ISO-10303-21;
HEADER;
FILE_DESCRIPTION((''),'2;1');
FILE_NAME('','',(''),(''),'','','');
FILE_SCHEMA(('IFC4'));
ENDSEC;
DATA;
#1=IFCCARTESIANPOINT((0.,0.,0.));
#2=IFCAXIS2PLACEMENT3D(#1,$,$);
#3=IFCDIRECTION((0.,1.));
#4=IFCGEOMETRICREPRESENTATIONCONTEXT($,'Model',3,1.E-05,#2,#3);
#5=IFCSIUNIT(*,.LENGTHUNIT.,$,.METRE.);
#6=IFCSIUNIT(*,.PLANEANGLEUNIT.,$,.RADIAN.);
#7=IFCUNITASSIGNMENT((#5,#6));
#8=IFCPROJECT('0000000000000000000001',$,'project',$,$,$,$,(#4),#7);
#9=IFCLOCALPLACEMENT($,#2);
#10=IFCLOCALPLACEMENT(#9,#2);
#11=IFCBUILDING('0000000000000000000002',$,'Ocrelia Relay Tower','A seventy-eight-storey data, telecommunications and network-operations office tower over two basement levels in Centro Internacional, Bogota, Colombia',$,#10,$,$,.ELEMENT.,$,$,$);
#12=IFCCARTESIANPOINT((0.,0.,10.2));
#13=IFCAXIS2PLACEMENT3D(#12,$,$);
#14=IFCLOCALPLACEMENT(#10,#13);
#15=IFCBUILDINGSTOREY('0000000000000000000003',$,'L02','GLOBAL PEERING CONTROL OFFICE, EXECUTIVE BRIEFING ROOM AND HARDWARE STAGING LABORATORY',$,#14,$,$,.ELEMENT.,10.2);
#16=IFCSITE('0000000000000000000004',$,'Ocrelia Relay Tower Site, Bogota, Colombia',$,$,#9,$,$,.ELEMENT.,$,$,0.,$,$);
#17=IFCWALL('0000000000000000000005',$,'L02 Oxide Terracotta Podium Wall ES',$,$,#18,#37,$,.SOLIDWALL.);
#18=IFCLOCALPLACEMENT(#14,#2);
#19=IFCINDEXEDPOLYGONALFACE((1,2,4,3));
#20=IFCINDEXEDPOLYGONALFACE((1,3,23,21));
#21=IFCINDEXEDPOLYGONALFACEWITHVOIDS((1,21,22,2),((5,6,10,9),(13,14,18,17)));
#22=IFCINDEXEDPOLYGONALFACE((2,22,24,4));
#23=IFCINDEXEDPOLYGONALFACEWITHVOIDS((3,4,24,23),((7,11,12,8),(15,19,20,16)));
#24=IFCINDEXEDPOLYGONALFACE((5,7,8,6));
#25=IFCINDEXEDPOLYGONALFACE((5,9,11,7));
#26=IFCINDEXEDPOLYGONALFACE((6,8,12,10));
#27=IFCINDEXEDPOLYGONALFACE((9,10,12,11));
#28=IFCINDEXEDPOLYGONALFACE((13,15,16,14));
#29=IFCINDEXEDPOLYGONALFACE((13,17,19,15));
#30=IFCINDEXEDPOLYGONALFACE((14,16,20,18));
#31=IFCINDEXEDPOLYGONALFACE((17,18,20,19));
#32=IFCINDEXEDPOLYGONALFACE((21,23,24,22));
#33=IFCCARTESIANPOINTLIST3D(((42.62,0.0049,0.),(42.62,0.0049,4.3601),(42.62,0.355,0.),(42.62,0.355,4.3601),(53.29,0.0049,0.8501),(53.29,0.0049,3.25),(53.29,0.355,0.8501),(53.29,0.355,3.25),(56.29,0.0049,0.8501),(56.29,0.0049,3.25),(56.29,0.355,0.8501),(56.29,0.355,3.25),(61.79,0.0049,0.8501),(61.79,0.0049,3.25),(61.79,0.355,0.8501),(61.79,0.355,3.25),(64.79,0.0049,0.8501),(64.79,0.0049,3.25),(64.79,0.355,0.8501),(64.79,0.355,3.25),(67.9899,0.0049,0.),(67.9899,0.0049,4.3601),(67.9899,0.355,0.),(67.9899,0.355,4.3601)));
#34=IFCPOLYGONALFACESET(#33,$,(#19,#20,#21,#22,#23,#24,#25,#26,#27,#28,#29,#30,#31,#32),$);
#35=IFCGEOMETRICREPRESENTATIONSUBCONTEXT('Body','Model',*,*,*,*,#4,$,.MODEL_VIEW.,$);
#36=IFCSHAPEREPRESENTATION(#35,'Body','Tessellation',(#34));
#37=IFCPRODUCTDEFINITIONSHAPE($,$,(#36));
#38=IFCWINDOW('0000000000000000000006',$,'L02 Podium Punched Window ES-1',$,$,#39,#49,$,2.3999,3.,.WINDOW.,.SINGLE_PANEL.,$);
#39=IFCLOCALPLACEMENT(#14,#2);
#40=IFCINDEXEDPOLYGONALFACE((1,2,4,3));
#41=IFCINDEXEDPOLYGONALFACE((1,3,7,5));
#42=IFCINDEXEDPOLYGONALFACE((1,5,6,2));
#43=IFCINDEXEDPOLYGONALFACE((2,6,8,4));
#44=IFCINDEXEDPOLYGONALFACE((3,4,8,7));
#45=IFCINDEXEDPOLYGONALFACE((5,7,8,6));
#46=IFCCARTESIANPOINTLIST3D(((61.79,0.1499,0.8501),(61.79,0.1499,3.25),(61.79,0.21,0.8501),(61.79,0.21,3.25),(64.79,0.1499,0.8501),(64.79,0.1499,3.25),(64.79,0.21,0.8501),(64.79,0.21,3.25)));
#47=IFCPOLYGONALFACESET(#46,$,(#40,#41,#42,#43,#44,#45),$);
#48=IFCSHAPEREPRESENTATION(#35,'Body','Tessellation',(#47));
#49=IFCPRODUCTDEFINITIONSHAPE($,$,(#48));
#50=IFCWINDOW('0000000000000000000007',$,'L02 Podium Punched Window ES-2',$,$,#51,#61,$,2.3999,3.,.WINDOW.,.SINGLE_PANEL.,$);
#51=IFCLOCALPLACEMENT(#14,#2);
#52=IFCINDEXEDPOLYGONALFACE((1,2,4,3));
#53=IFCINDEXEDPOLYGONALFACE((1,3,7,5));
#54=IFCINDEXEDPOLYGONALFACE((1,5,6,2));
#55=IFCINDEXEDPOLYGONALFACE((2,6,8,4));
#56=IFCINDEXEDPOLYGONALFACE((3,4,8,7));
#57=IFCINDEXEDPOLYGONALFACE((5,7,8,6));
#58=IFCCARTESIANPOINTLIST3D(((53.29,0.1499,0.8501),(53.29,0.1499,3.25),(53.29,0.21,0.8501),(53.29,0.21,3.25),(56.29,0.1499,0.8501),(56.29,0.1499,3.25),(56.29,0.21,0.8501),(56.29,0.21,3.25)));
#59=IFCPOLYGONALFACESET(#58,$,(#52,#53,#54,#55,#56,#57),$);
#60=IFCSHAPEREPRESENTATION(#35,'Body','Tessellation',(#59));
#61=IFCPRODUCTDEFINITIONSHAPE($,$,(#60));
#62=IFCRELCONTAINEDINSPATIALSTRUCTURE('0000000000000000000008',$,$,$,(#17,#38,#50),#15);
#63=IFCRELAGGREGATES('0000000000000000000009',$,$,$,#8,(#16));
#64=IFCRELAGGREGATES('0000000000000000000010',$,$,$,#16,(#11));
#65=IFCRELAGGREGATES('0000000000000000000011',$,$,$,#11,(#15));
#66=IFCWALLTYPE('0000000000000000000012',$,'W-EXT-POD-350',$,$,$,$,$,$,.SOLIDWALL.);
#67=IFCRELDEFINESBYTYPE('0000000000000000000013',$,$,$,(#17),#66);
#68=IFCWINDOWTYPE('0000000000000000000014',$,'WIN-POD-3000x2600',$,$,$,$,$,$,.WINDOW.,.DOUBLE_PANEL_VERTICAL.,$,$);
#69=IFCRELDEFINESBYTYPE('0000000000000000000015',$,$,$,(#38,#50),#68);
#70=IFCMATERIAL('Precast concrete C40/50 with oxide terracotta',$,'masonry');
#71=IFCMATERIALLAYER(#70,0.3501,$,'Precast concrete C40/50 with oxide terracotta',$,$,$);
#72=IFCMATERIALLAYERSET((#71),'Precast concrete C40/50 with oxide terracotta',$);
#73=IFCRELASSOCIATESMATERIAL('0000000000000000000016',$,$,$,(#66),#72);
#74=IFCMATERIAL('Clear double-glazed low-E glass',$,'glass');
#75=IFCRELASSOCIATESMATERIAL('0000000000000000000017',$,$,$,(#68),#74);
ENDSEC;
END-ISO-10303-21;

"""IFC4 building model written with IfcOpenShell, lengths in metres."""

from ifc_helpers import new_model, si_unit, direction, frame, frame_2d, origin, place, context, subcontext, project, spatial, rectangle, extrude, material, layer, layer_set, type_object, element, fill, save


model = new_model("IFC4")

# Units and contexts
model_context = context("Model", 3, precision=1e-05, world=origin(), true_north=direction((0.0, 1.0)))
body_context = subcontext(model_context, "Body", "Model", "MODEL_VIEW")
ifc_project = project(units=[si_unit("LENGTHUNIT", "METRE"), si_unit("PLANEANGLEUNIT", "RADIAN")], contexts=[model_context])

# Site, building, storey
site_placement = place(None, origin())
site = spatial("IfcSite", under=ifc_project, at=site_placement, Name="Ocrelia Relay Tower Site, Bogota, Colombia", CompositionType="ELEMENT", RefElevation=0.0)
building_placement = place(site_placement, origin())
building = spatial("IfcBuilding", under=site, at=building_placement, Name="Ocrelia Relay Tower", Description="A seventy-eight-storey data, telecommunications and network-operations office tower over two basement levels in Centro Internacional, Bogota, Colombia", CompositionType="ELEMENT")
storey_placement = place(building_placement, frame((0.0, 0.0, 10.2)))
storey = spatial("IfcBuildingStorey", under=building, at=storey_placement, Name="L02", Description="GLOBAL PEERING CONTROL OFFICE, EXECUTIVE BRIEFING ROOM AND HARDWARE STAGING LABORATORY", CompositionType="ELEMENT", Elevation=10.2)

# Wall, openings, windows
ifc_material_1 = material(Name="Precast concrete C40/50 with oxide terracotta", Category="masonry")
ifc_layer_1 = layer(ifc_material_1, 0.3501, Name="Precast concrete C40/50 with oxide terracotta")
ifc_layer_set_1 = layer_set([ifc_layer_1], Name="Precast concrete C40/50 with oxide terracotta")
wall_type_1 = type_object("IfcWallType", Name="W-EXT-POD-350", PredefinedType="SOLIDWALL", material=ifc_layer_set_1)
wall_1_placement = place(storey_placement, frame((67.99, 0.1799, 0.0), z_axis=(0.0, 0.0, 1.0), x_axis=(-1.0, 0.0, 0.0)))
wall_1 = element("IfcWall", 1, at=wall_1_placement, inside=storey, type_object=wall_type_1, Name="L02 Oxide Terracotta Podium Wall ES", PredefinedType="SOLIDWALL", context=body_context, shape_type="SweptSolid", body=[
    extrude(rectangle(XDim=25.3699, YDim=0.3501, at=frame_2d((12.6851, 0.0))), origin(), (0.0, 0.0, 1.0), 4.3601),
])
opening_1_placement = place(wall_1_placement, frame((3.2, 0.0, 0.8501)))
opening_1 = element("IfcOpeningElement", 2, at=opening_1_placement, cuts=wall_1, PredefinedType="OPENING", context=body_context, shape_type="SweptSolid", body=[
    extrude(rectangle(XDim=3.0, YDim=2.3999, at=frame_2d((1.5, 1.2))), frame((0.0, 0.1851, 0.0), z_axis=(0.0, -1.0, 0.0), x_axis=(1.0, 0.0, 0.0)), (0.0, 0.0, 1.0), 0.3701),
])
opening_2_placement = place(wall_1_placement, frame((11.7, 0.0, 0.8501)))
opening_2 = element("IfcOpeningElement", 3, at=opening_2_placement, cuts=wall_1, PredefinedType="OPENING", context=body_context, shape_type="SweptSolid", body=[
    extrude(rectangle(XDim=3.0, YDim=2.3999, at=frame_2d((1.5, 1.2))), frame((0.0, 0.1851, 0.0), z_axis=(0.0, -1.0, 0.0), x_axis=(1.0, 0.0, 0.0)), (0.0, 0.0, 1.0), 0.3701),
])
ifc_material_2 = material(Name="Clear double-glazed low-E glass", Category="glass")
window_type = type_object("IfcWindowType", Name="WIN-POD-3000x2600", PartitioningType="DOUBLE_PANEL_VERTICAL", PredefinedType="WINDOW", material=ifc_material_2)
window_1_placement = place(opening_1_placement, origin())
window_1 = element("IfcWindow", 4, at=window_1_placement, inside=storey, type_object=window_type, Name="L02 Podium Punched Window ES-1", OverallHeight=2.3999, OverallWidth=3.0, PartitioningType="SINGLE_PANEL", PredefinedType="WINDOW", context=body_context, shape_type="SweptSolid", body=[
    extrude(rectangle(XDim=3.0, YDim=2.3999, at=frame_2d((1.5, 1.2))), frame((0.0, 0.03, 0.0), z_axis=(0.0, -1.0, 0.0), x_axis=(1.0, 0.0, 0.0)), (0.0, 0.0, 1.0), 0.0601),
])
fill(opening_1, window_1)
window_2_placement = place(opening_2_placement, origin())
window_2 = element("IfcWindow", 5, at=window_2_placement, inside=storey, type_object=window_type, Name="L02 Podium Punched Window ES-2", OverallHeight=2.3999, OverallWidth=3.0, PartitioningType="SINGLE_PANEL", PredefinedType="WINDOW", context=body_context, shape_type="SweptSolid", body=[
    extrude(rectangle(XDim=3.0, YDim=2.3999, at=frame_2d((1.5, 1.2))), frame((0.0, 0.03, 0.0), z_axis=(0.0, -1.0, 0.0), x_axis=(1.0, 0.0, 0.0)), (0.0, 0.0, 1.0), 0.0601),
])
fill(opening_2, window_2)

save(model, "model.ifc")
